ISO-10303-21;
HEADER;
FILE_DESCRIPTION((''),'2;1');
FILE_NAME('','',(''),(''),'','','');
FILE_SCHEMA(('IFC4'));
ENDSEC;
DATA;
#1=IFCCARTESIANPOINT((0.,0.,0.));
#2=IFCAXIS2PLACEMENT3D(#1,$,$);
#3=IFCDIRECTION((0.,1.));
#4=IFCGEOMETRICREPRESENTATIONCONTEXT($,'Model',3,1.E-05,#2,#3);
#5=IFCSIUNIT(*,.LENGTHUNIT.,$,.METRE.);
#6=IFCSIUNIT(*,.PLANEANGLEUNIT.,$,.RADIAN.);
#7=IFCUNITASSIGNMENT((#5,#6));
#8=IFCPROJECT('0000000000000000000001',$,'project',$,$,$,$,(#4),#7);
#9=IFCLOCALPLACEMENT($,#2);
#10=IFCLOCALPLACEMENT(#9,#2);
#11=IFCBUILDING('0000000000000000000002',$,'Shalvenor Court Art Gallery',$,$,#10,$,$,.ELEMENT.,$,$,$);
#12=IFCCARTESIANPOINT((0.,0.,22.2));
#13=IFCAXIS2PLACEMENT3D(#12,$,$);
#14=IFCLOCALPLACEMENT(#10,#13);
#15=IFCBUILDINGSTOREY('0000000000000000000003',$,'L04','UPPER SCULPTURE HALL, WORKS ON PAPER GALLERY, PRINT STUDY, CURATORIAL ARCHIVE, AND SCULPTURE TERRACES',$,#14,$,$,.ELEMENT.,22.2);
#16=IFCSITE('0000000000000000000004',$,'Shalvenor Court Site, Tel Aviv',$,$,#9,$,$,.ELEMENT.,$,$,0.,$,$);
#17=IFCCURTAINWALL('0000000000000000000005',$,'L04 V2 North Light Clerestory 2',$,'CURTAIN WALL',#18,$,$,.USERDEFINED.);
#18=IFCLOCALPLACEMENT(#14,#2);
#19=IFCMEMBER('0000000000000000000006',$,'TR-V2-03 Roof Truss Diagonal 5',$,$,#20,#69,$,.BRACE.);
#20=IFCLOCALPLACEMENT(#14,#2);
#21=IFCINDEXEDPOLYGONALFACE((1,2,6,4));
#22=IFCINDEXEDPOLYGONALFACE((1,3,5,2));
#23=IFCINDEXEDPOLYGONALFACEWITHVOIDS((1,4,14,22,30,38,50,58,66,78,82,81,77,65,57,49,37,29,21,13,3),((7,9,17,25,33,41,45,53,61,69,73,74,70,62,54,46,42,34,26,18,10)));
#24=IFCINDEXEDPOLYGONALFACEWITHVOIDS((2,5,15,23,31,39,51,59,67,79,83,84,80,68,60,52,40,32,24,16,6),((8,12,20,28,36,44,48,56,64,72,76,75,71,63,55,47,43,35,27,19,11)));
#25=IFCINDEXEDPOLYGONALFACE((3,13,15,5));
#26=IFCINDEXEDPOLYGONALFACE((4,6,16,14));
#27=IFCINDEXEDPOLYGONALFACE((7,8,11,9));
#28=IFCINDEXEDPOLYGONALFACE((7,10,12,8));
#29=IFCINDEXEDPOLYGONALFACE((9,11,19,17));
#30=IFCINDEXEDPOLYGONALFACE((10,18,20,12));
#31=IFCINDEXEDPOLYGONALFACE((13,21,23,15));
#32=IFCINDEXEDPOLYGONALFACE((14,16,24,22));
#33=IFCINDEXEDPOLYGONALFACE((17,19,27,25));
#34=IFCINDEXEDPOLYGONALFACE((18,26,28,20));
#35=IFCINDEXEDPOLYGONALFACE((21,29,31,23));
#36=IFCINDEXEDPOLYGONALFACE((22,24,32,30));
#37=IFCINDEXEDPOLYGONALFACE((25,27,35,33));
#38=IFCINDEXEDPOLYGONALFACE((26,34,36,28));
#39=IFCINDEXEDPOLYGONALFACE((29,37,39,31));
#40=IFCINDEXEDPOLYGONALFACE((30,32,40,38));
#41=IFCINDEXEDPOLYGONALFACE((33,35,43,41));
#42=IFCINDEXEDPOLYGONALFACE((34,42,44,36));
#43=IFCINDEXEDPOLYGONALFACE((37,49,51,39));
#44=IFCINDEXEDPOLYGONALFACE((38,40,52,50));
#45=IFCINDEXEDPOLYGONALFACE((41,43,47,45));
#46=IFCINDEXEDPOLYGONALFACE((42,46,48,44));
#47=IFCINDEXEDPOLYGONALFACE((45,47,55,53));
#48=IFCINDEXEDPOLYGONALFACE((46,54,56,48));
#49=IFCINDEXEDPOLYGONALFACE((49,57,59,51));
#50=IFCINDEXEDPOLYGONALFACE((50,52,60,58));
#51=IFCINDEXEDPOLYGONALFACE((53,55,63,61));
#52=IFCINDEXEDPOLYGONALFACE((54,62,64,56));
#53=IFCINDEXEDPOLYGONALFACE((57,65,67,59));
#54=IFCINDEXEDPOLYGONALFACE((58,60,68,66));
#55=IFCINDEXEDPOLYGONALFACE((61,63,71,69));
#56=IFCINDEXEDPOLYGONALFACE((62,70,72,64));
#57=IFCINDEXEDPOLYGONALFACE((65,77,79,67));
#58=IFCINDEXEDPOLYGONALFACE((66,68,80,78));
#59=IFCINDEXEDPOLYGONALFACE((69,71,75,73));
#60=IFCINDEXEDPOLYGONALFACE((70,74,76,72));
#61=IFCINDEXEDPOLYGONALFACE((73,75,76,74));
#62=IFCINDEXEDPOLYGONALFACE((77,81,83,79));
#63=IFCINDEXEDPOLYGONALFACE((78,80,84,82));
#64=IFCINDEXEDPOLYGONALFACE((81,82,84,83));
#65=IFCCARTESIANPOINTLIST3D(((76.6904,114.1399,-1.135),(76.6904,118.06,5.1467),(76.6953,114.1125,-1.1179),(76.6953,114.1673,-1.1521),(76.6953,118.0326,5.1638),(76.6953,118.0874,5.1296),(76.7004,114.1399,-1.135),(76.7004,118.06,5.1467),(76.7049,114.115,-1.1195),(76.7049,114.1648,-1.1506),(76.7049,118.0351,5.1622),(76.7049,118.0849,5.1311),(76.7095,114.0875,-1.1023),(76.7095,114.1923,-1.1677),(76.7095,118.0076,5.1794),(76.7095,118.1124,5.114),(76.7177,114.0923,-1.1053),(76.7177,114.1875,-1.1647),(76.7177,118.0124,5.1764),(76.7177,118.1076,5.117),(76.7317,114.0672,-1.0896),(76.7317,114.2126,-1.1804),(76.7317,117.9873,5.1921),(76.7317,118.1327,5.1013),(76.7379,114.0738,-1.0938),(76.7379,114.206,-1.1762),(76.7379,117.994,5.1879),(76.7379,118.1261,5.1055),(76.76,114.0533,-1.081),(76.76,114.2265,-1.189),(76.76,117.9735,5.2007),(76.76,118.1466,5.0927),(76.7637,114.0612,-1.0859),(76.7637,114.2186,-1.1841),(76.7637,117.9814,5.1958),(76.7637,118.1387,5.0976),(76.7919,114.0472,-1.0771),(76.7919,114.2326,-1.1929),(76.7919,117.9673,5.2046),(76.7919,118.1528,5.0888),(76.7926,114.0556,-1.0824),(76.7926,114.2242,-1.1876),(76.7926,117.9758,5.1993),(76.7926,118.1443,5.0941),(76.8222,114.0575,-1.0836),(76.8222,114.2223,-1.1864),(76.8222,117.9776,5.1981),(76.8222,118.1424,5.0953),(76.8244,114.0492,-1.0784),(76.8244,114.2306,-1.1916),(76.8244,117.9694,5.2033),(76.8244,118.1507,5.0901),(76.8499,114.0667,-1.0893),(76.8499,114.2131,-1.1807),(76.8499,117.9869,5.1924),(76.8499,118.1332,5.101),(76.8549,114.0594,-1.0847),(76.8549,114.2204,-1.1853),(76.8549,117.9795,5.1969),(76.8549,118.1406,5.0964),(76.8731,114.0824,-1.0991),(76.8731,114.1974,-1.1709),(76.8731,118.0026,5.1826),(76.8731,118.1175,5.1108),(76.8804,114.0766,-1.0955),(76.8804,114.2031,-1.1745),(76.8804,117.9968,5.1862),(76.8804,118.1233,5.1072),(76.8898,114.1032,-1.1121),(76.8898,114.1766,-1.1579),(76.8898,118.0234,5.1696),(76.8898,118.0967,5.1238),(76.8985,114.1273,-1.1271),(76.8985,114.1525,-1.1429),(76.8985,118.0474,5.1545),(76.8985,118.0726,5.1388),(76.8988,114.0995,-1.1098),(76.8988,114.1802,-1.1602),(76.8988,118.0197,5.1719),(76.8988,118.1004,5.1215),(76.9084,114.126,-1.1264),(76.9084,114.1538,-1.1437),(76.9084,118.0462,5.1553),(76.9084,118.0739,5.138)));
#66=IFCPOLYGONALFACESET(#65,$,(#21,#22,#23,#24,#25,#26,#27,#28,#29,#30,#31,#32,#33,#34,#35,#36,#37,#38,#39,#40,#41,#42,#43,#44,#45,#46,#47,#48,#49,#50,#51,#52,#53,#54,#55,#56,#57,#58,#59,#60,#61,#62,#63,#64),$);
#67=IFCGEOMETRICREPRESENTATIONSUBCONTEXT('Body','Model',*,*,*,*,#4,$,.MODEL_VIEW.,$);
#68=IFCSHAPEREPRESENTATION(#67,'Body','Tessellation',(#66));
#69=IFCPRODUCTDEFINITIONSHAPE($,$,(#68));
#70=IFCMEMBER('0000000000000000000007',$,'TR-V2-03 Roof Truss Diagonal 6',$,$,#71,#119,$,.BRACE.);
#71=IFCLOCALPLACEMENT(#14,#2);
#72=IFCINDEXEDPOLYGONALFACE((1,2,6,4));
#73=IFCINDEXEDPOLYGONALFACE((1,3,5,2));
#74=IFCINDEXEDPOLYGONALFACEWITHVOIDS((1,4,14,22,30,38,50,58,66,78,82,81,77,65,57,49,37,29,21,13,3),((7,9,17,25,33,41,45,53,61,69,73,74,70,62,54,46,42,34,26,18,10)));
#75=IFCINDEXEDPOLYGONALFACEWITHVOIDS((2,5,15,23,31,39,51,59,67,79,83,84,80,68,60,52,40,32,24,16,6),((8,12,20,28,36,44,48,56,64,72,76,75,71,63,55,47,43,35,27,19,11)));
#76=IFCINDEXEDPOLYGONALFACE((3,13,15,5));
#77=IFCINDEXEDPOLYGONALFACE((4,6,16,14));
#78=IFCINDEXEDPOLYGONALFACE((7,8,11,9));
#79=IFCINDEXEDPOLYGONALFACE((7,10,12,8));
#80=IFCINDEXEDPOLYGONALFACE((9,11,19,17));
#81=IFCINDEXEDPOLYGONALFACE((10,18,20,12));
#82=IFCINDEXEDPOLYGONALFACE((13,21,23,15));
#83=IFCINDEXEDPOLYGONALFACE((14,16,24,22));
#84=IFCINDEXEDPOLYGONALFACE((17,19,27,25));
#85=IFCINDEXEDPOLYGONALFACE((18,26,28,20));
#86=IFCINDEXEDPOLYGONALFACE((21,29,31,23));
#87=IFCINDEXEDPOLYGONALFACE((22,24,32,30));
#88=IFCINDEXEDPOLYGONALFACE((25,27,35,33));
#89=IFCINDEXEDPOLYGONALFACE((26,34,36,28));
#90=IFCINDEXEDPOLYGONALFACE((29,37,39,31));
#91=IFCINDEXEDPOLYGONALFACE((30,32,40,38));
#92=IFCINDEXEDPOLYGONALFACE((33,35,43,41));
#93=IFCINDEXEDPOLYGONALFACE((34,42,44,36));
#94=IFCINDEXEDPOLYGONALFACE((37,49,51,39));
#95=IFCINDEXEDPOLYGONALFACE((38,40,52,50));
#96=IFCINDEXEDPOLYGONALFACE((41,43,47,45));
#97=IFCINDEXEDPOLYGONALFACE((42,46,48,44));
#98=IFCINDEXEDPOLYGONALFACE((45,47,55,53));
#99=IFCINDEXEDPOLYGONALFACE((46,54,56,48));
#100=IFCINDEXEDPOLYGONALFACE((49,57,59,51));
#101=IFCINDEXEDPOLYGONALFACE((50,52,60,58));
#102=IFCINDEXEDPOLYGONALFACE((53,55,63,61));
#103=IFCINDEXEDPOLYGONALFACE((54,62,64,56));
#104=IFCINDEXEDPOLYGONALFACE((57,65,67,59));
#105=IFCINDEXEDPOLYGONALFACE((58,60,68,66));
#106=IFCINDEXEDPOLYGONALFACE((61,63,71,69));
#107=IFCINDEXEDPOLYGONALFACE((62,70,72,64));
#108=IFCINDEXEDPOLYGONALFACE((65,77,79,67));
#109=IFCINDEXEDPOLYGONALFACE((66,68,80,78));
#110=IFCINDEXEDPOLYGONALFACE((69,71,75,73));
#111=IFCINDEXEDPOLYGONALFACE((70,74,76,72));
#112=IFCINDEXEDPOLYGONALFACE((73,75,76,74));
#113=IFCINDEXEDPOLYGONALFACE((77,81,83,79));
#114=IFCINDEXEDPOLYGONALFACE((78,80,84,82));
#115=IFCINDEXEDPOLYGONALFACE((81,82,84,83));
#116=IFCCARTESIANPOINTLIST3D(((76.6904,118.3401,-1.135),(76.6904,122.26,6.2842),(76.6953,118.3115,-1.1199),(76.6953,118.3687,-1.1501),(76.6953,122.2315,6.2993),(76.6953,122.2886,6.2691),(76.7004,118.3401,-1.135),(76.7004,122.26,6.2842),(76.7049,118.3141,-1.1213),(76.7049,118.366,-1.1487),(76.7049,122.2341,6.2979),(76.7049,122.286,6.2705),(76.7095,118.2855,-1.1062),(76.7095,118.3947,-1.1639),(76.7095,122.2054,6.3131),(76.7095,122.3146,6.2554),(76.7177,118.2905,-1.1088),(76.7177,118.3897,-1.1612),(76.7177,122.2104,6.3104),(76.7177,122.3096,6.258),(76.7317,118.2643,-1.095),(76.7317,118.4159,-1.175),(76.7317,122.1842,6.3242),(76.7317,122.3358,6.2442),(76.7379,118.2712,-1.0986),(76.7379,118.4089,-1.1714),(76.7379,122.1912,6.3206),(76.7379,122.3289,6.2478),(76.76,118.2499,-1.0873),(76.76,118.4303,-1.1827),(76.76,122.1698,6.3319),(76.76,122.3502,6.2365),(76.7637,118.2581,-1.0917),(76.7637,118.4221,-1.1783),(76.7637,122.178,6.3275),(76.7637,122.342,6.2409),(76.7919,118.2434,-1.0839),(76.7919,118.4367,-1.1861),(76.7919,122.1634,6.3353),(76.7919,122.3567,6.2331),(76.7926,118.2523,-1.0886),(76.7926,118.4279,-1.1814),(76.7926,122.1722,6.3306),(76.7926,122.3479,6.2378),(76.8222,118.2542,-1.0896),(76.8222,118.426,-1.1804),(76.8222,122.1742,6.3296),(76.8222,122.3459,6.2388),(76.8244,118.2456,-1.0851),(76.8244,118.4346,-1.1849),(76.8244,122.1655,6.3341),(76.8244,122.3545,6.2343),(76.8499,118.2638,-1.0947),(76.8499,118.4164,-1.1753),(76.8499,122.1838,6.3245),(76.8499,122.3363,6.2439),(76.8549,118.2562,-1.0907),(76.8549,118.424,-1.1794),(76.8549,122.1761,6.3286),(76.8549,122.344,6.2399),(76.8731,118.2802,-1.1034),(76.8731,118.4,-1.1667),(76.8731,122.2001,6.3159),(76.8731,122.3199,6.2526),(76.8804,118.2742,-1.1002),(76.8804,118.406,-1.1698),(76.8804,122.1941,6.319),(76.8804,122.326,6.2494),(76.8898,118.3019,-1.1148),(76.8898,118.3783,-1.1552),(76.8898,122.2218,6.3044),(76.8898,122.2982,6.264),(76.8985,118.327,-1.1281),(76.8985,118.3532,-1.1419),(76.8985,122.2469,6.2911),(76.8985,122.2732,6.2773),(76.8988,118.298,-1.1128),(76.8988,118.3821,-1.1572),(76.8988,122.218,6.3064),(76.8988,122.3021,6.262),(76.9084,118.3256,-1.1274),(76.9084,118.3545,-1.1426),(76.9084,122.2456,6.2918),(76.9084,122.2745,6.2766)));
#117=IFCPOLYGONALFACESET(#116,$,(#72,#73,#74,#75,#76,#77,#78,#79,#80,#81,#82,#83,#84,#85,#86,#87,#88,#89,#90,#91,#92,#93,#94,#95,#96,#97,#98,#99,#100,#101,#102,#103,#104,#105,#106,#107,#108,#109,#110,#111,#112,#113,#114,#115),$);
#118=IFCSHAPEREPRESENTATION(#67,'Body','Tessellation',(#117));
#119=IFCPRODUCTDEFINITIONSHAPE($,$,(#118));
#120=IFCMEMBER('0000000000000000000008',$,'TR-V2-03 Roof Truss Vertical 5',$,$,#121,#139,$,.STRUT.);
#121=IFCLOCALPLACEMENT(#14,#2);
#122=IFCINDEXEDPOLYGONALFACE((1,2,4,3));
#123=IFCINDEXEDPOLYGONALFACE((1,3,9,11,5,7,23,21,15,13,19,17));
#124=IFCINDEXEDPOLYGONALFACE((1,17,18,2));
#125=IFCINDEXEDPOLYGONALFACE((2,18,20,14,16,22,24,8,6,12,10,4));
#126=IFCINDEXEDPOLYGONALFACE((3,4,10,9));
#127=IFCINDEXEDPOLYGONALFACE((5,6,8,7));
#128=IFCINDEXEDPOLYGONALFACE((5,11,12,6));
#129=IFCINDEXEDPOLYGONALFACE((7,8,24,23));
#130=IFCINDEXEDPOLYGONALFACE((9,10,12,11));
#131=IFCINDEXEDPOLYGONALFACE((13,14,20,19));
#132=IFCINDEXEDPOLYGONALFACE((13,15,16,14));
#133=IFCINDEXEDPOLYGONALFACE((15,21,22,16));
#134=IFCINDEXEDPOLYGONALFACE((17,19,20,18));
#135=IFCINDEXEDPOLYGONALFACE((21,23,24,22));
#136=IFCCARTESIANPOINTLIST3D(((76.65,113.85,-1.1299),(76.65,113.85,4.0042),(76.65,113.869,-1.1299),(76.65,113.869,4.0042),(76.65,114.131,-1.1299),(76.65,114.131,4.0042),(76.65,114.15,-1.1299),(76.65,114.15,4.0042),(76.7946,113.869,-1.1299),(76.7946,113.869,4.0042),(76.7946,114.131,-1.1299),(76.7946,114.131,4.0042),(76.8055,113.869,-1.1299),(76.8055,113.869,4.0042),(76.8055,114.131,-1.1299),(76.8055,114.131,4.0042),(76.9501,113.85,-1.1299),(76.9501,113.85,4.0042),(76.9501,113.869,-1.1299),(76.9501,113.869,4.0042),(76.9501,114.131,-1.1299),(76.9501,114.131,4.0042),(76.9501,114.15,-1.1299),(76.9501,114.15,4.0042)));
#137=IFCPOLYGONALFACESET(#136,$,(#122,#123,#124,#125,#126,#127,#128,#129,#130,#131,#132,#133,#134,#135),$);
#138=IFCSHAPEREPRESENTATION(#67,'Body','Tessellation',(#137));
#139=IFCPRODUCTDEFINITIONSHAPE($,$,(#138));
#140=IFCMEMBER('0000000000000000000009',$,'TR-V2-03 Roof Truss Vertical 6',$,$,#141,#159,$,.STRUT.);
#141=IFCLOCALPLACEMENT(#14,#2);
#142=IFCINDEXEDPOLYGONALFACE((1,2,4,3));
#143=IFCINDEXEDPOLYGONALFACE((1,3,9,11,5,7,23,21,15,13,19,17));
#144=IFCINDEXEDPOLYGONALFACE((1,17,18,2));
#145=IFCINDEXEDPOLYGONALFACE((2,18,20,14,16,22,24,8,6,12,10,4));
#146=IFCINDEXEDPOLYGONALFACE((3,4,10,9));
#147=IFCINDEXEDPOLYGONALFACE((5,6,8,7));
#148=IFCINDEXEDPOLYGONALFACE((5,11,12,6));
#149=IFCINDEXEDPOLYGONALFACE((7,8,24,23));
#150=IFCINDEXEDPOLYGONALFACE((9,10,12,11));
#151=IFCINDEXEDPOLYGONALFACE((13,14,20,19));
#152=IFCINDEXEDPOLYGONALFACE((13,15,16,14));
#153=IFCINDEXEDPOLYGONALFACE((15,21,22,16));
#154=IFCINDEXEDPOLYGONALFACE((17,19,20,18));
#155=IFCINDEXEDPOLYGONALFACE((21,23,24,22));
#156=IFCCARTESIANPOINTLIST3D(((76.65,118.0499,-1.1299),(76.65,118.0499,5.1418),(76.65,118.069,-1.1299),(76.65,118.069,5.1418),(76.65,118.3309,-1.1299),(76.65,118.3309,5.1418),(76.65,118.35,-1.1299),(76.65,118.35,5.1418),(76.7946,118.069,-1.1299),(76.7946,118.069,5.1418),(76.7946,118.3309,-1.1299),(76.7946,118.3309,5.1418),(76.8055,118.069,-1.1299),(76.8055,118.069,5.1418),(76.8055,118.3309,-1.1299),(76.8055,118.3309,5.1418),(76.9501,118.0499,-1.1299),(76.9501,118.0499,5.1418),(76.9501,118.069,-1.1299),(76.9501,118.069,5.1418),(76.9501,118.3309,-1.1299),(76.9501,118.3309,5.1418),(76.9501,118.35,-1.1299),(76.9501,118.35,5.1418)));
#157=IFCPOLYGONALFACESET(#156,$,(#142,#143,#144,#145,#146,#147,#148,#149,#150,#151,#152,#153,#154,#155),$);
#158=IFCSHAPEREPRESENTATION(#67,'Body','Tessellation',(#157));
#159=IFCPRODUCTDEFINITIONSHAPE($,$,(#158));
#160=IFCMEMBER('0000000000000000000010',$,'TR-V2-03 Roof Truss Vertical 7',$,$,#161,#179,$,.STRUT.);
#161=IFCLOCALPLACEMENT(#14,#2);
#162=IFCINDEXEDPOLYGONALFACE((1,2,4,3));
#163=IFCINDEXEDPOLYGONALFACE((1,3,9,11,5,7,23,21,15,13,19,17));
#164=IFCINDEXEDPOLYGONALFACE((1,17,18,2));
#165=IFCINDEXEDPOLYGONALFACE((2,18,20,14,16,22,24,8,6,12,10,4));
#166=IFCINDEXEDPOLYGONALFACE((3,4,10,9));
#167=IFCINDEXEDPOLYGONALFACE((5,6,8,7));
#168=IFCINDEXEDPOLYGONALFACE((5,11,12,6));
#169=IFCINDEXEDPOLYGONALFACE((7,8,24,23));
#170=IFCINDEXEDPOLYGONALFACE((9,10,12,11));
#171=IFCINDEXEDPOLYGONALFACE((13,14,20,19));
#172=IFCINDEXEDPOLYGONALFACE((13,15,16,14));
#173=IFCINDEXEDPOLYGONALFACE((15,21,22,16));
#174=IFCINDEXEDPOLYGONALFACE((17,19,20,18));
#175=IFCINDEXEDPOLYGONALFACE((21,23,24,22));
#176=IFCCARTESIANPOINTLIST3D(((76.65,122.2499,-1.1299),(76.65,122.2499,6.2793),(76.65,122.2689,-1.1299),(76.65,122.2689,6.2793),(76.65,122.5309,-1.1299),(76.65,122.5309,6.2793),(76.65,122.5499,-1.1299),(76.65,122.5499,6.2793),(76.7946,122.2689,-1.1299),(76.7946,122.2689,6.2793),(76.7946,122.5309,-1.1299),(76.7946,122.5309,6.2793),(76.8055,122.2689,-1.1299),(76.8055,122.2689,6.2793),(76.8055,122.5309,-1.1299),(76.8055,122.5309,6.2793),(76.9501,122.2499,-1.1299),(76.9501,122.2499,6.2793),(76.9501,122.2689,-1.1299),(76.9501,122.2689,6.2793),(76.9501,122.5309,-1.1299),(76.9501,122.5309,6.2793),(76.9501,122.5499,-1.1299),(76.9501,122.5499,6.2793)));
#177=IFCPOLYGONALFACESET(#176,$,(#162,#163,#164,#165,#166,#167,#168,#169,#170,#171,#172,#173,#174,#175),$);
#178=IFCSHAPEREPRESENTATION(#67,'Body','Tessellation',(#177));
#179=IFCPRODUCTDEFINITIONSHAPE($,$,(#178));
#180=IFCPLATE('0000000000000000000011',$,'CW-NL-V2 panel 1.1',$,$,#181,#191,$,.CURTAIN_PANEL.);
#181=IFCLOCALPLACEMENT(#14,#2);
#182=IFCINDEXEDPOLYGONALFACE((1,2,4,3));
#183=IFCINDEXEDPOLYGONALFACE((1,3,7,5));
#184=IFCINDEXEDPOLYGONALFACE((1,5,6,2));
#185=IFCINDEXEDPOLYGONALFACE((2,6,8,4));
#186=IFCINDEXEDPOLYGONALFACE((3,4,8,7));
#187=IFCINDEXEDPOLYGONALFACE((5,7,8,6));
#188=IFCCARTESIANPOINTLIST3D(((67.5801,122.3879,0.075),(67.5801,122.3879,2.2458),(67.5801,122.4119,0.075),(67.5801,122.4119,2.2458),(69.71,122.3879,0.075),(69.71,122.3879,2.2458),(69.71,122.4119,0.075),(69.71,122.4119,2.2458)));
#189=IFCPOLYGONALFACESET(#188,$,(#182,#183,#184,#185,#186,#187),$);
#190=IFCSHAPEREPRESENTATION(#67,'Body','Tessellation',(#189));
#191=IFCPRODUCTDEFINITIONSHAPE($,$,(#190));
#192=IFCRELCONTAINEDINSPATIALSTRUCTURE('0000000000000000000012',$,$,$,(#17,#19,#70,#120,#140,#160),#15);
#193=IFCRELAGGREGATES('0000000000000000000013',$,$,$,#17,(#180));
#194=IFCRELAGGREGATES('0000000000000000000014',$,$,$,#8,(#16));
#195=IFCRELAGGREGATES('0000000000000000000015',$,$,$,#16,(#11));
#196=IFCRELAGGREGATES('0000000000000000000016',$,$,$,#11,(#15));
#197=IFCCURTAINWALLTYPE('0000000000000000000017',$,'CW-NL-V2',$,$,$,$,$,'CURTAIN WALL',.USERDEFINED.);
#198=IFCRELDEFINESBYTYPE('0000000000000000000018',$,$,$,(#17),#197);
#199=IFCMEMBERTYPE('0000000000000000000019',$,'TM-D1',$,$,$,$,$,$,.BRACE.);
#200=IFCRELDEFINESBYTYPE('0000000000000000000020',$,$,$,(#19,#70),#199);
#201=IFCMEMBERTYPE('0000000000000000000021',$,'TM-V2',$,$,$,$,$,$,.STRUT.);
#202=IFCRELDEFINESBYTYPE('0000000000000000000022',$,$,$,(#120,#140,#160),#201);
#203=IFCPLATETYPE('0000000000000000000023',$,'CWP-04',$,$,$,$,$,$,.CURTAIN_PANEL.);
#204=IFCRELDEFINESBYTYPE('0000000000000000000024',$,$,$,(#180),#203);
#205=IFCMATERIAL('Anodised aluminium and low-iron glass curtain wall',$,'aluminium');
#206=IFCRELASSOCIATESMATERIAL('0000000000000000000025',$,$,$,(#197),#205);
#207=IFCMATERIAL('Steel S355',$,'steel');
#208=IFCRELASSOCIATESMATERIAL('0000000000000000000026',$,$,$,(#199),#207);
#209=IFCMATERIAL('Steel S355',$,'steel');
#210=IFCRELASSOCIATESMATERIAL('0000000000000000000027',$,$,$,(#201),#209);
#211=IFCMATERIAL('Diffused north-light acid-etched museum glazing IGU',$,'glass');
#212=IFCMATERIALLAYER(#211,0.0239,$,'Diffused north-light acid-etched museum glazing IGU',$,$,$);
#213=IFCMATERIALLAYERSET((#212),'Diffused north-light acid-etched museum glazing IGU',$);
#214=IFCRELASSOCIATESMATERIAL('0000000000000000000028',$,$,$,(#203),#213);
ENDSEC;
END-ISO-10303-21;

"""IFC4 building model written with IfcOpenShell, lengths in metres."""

from ifc_helpers import new_model, si_unit, direction, frame, origin, origin_2d, place, context, subcontext, project, spatial, rectangle, hollow_circle, i_section, extrude, material, layer, layer_set, material_profile, profile_set, type_object, element, aggregate, save


model = new_model("IFC4")

# Units and contexts
model_context = context("Model", 3, precision=1e-05, world=origin(), true_north=direction((0.0, 1.0)))
body_context = subcontext(model_context, "Body", "Model", "MODEL_VIEW")
ifc_project = project(units=[si_unit("LENGTHUNIT", "METRE"), si_unit("PLANEANGLEUNIT", "RADIAN")], contexts=[model_context])

# Site, building, storey
site_placement = place(None, origin())
site = spatial("IfcSite", under=ifc_project, at=site_placement, Name="Shalvenor Court Site, Tel Aviv", CompositionType="ELEMENT", RefElevation=0.0)
building_placement = place(site_placement, origin())
building = spatial("IfcBuilding", under=site, at=building_placement, Name="Shalvenor Court Art Gallery", CompositionType="ELEMENT")
storey_placement = place(building_placement, frame((0.0, 0.0, 22.2)))
storey = spatial("IfcBuildingStorey", under=building, at=storey_placement, Name="L04", Description="UPPER SCULPTURE HALL, WORKS ON PAPER GALLERY, PRINT STUDY, CURATORIAL ARCHIVE, AND SCULPTURE TERRACES", CompositionType="ELEMENT", Elevation=22.2)

# Curtain wall
ifc_material_1 = material(Name="Anodised aluminium and low-iron glass curtain wall", Category="aluminium")
curtain_wall_type = type_object("IfcCurtainWallType", Name="CW-NL-V2", ElementType="CURTAIN WALL", PredefinedType="USERDEFINED", material=ifc_material_1)
curtain_wall_placement = place(storey_placement, origin())
curtain_wall = element("IfcCurtainWall", 1, at=curtain_wall_placement, inside=storey, type_object=curtain_wall_type, Name="L04 V2 North Light Clerestory 2", ObjectType="CURTAIN WALL", PredefinedType="USERDEFINED")

# Members
ifc_material_2 = material(Name="Steel S355", Category="steel")
ifc_material_profile_1 = material_profile(ifc_material_2, hollow_circle(Radius=0.1096, WallThickness=0.01, at=origin_2d()), Name="CHS 219.1x10.0")
ifc_profile_set_1 = profile_set([ifc_material_profile_1], Name="Steel S355")
member_type_1 = type_object("IfcMemberType", Name="TM-D1", PredefinedType="BRACE", material=ifc_profile_set_1)
member_1_placement = place(storey_placement, frame((76.8, 114.1399, -1.135), z_axis=(0.0, 0.529424, 0.848357), x_axis=(-1.0, 0.0, 0.0)))
element("IfcMember", 2, at=member_1_placement, inside=storey, type_object=member_type_1, Name="TR-V2-03 Roof Truss Diagonal 5", PredefinedType="BRACE", context=body_context, shape_type="SweptSolid", body=[
    extrude(hollow_circle(Radius=0.1096, WallThickness=0.01, at=origin_2d()), origin(), (0.0, 0.0, 1.0), 7.4045),
])
member_2_placement = place(storey_placement, frame((76.8, 118.3401, -1.135), z_axis=(0.0, 0.467154, 0.884176), x_axis=(-1.0, 0.0, 0.0)))
element("IfcMember", 3, at=member_2_placement, inside=storey, type_object=member_type_1, Name="TR-V2-03 Roof Truss Diagonal 6", PredefinedType="BRACE", context=body_context, shape_type="SweptSolid", body=[
    extrude(hollow_circle(Radius=0.1096, WallThickness=0.01, at=origin_2d()), origin(), (0.0, 0.0, 1.0), 8.3911),
])
ifc_material_3 = material(Name="Steel S355", Category="steel")
ifc_material_profile_2 = material_profile(ifc_material_3, i_section(OverallWidth=0.3, OverallDepth=0.3, WebThickness=0.011, FlangeThickness=0.019, at=origin_2d()), Name="HEB 300")
ifc_profile_set_2 = profile_set([ifc_material_profile_2], Name="Steel S355")
member_type_2 = type_object("IfcMemberType", Name="TM-V2", PredefinedType="STRUT", material=ifc_profile_set_2)
member_3_placement = place(storey_placement, frame((76.8, 114.0, -1.1299), z_axis=(0.0, 0.0, 1.0), x_axis=(1.0, 0.0, 0.0)))
element("IfcMember", 4, at=member_3_placement, inside=storey, type_object=member_type_2, Name="TR-V2-03 Roof Truss Vertical 5", PredefinedType="STRUT", context=body_context, shape_type="SweptSolid", body=[
    extrude(i_section(OverallWidth=0.3, OverallDepth=0.3, WebThickness=0.011, FlangeThickness=0.019, at=origin_2d()), origin(), (0.0, 0.0, 1.0), 5.134),
])
member_4_placement = place(storey_placement, frame((76.8, 118.2, -1.1299), z_axis=(0.0, 0.0, 1.0), x_axis=(1.0, 0.0, 0.0)))
element("IfcMember", 5, at=member_4_placement, inside=storey, type_object=member_type_2, Name="TR-V2-03 Roof Truss Vertical 6", PredefinedType="STRUT", context=body_context, shape_type="SweptSolid", body=[
    extrude(i_section(OverallWidth=0.3, OverallDepth=0.3, WebThickness=0.011, FlangeThickness=0.019, at=origin_2d()), origin(), (0.0, 0.0, 1.0), 6.2717),
])
member_5_placement = place(storey_placement, frame((76.8, 122.3999, -1.1299), z_axis=(0.0, 0.0, 1.0), x_axis=(1.0, 0.0, 0.0)))
element("IfcMember", 6, at=member_5_placement, inside=storey, type_object=member_type_2, Name="TR-V2-03 Roof Truss Vertical 7", PredefinedType="STRUT", context=body_context, shape_type="SweptSolid", body=[
    extrude(i_section(OverallWidth=0.3, OverallDepth=0.3, WebThickness=0.011, FlangeThickness=0.019, at=origin_2d()), origin(), (0.0, 0.0, 1.0), 7.4092),
])

# Plate
ifc_material_4 = material(Name="Diffused north-light acid-etched museum glazing IGU", Category="glass")
ifc_layer_1 = layer(ifc_material_4, 0.0239, Name="Diffused north-light acid-etched museum glazing IGU")
ifc_layer_set_1 = layer_set([ifc_layer_1], Name="Diffused north-light acid-etched museum glazing IGU")
plate_type_1 = type_object("IfcPlateType", Name="CWP-04", PredefinedType="CURTAIN_PANEL", material=ifc_layer_set_1)
plate_1_placement = place(storey_placement, frame((68.645, 122.3999, 0.075), z_axis=(0.0, 0.0, 1.0), x_axis=(1.0, 0.0, 0.0)))
plate_1 = element("IfcPlate", 7, at=plate_1_placement, type_object=plate_type_1, Name="CW-NL-V2 panel 1.1", PredefinedType="CURTAIN_PANEL", context=body_context, shape_type="SweptSolid", body=[
    extrude(rectangle(XDim=2.1299, YDim=0.0239, at=origin_2d()), origin(), (0.0, 0.0, 1.0), 2.1709),
])
aggregate(curtain_wall, [plate_1])

save(model, "model.ifc")
